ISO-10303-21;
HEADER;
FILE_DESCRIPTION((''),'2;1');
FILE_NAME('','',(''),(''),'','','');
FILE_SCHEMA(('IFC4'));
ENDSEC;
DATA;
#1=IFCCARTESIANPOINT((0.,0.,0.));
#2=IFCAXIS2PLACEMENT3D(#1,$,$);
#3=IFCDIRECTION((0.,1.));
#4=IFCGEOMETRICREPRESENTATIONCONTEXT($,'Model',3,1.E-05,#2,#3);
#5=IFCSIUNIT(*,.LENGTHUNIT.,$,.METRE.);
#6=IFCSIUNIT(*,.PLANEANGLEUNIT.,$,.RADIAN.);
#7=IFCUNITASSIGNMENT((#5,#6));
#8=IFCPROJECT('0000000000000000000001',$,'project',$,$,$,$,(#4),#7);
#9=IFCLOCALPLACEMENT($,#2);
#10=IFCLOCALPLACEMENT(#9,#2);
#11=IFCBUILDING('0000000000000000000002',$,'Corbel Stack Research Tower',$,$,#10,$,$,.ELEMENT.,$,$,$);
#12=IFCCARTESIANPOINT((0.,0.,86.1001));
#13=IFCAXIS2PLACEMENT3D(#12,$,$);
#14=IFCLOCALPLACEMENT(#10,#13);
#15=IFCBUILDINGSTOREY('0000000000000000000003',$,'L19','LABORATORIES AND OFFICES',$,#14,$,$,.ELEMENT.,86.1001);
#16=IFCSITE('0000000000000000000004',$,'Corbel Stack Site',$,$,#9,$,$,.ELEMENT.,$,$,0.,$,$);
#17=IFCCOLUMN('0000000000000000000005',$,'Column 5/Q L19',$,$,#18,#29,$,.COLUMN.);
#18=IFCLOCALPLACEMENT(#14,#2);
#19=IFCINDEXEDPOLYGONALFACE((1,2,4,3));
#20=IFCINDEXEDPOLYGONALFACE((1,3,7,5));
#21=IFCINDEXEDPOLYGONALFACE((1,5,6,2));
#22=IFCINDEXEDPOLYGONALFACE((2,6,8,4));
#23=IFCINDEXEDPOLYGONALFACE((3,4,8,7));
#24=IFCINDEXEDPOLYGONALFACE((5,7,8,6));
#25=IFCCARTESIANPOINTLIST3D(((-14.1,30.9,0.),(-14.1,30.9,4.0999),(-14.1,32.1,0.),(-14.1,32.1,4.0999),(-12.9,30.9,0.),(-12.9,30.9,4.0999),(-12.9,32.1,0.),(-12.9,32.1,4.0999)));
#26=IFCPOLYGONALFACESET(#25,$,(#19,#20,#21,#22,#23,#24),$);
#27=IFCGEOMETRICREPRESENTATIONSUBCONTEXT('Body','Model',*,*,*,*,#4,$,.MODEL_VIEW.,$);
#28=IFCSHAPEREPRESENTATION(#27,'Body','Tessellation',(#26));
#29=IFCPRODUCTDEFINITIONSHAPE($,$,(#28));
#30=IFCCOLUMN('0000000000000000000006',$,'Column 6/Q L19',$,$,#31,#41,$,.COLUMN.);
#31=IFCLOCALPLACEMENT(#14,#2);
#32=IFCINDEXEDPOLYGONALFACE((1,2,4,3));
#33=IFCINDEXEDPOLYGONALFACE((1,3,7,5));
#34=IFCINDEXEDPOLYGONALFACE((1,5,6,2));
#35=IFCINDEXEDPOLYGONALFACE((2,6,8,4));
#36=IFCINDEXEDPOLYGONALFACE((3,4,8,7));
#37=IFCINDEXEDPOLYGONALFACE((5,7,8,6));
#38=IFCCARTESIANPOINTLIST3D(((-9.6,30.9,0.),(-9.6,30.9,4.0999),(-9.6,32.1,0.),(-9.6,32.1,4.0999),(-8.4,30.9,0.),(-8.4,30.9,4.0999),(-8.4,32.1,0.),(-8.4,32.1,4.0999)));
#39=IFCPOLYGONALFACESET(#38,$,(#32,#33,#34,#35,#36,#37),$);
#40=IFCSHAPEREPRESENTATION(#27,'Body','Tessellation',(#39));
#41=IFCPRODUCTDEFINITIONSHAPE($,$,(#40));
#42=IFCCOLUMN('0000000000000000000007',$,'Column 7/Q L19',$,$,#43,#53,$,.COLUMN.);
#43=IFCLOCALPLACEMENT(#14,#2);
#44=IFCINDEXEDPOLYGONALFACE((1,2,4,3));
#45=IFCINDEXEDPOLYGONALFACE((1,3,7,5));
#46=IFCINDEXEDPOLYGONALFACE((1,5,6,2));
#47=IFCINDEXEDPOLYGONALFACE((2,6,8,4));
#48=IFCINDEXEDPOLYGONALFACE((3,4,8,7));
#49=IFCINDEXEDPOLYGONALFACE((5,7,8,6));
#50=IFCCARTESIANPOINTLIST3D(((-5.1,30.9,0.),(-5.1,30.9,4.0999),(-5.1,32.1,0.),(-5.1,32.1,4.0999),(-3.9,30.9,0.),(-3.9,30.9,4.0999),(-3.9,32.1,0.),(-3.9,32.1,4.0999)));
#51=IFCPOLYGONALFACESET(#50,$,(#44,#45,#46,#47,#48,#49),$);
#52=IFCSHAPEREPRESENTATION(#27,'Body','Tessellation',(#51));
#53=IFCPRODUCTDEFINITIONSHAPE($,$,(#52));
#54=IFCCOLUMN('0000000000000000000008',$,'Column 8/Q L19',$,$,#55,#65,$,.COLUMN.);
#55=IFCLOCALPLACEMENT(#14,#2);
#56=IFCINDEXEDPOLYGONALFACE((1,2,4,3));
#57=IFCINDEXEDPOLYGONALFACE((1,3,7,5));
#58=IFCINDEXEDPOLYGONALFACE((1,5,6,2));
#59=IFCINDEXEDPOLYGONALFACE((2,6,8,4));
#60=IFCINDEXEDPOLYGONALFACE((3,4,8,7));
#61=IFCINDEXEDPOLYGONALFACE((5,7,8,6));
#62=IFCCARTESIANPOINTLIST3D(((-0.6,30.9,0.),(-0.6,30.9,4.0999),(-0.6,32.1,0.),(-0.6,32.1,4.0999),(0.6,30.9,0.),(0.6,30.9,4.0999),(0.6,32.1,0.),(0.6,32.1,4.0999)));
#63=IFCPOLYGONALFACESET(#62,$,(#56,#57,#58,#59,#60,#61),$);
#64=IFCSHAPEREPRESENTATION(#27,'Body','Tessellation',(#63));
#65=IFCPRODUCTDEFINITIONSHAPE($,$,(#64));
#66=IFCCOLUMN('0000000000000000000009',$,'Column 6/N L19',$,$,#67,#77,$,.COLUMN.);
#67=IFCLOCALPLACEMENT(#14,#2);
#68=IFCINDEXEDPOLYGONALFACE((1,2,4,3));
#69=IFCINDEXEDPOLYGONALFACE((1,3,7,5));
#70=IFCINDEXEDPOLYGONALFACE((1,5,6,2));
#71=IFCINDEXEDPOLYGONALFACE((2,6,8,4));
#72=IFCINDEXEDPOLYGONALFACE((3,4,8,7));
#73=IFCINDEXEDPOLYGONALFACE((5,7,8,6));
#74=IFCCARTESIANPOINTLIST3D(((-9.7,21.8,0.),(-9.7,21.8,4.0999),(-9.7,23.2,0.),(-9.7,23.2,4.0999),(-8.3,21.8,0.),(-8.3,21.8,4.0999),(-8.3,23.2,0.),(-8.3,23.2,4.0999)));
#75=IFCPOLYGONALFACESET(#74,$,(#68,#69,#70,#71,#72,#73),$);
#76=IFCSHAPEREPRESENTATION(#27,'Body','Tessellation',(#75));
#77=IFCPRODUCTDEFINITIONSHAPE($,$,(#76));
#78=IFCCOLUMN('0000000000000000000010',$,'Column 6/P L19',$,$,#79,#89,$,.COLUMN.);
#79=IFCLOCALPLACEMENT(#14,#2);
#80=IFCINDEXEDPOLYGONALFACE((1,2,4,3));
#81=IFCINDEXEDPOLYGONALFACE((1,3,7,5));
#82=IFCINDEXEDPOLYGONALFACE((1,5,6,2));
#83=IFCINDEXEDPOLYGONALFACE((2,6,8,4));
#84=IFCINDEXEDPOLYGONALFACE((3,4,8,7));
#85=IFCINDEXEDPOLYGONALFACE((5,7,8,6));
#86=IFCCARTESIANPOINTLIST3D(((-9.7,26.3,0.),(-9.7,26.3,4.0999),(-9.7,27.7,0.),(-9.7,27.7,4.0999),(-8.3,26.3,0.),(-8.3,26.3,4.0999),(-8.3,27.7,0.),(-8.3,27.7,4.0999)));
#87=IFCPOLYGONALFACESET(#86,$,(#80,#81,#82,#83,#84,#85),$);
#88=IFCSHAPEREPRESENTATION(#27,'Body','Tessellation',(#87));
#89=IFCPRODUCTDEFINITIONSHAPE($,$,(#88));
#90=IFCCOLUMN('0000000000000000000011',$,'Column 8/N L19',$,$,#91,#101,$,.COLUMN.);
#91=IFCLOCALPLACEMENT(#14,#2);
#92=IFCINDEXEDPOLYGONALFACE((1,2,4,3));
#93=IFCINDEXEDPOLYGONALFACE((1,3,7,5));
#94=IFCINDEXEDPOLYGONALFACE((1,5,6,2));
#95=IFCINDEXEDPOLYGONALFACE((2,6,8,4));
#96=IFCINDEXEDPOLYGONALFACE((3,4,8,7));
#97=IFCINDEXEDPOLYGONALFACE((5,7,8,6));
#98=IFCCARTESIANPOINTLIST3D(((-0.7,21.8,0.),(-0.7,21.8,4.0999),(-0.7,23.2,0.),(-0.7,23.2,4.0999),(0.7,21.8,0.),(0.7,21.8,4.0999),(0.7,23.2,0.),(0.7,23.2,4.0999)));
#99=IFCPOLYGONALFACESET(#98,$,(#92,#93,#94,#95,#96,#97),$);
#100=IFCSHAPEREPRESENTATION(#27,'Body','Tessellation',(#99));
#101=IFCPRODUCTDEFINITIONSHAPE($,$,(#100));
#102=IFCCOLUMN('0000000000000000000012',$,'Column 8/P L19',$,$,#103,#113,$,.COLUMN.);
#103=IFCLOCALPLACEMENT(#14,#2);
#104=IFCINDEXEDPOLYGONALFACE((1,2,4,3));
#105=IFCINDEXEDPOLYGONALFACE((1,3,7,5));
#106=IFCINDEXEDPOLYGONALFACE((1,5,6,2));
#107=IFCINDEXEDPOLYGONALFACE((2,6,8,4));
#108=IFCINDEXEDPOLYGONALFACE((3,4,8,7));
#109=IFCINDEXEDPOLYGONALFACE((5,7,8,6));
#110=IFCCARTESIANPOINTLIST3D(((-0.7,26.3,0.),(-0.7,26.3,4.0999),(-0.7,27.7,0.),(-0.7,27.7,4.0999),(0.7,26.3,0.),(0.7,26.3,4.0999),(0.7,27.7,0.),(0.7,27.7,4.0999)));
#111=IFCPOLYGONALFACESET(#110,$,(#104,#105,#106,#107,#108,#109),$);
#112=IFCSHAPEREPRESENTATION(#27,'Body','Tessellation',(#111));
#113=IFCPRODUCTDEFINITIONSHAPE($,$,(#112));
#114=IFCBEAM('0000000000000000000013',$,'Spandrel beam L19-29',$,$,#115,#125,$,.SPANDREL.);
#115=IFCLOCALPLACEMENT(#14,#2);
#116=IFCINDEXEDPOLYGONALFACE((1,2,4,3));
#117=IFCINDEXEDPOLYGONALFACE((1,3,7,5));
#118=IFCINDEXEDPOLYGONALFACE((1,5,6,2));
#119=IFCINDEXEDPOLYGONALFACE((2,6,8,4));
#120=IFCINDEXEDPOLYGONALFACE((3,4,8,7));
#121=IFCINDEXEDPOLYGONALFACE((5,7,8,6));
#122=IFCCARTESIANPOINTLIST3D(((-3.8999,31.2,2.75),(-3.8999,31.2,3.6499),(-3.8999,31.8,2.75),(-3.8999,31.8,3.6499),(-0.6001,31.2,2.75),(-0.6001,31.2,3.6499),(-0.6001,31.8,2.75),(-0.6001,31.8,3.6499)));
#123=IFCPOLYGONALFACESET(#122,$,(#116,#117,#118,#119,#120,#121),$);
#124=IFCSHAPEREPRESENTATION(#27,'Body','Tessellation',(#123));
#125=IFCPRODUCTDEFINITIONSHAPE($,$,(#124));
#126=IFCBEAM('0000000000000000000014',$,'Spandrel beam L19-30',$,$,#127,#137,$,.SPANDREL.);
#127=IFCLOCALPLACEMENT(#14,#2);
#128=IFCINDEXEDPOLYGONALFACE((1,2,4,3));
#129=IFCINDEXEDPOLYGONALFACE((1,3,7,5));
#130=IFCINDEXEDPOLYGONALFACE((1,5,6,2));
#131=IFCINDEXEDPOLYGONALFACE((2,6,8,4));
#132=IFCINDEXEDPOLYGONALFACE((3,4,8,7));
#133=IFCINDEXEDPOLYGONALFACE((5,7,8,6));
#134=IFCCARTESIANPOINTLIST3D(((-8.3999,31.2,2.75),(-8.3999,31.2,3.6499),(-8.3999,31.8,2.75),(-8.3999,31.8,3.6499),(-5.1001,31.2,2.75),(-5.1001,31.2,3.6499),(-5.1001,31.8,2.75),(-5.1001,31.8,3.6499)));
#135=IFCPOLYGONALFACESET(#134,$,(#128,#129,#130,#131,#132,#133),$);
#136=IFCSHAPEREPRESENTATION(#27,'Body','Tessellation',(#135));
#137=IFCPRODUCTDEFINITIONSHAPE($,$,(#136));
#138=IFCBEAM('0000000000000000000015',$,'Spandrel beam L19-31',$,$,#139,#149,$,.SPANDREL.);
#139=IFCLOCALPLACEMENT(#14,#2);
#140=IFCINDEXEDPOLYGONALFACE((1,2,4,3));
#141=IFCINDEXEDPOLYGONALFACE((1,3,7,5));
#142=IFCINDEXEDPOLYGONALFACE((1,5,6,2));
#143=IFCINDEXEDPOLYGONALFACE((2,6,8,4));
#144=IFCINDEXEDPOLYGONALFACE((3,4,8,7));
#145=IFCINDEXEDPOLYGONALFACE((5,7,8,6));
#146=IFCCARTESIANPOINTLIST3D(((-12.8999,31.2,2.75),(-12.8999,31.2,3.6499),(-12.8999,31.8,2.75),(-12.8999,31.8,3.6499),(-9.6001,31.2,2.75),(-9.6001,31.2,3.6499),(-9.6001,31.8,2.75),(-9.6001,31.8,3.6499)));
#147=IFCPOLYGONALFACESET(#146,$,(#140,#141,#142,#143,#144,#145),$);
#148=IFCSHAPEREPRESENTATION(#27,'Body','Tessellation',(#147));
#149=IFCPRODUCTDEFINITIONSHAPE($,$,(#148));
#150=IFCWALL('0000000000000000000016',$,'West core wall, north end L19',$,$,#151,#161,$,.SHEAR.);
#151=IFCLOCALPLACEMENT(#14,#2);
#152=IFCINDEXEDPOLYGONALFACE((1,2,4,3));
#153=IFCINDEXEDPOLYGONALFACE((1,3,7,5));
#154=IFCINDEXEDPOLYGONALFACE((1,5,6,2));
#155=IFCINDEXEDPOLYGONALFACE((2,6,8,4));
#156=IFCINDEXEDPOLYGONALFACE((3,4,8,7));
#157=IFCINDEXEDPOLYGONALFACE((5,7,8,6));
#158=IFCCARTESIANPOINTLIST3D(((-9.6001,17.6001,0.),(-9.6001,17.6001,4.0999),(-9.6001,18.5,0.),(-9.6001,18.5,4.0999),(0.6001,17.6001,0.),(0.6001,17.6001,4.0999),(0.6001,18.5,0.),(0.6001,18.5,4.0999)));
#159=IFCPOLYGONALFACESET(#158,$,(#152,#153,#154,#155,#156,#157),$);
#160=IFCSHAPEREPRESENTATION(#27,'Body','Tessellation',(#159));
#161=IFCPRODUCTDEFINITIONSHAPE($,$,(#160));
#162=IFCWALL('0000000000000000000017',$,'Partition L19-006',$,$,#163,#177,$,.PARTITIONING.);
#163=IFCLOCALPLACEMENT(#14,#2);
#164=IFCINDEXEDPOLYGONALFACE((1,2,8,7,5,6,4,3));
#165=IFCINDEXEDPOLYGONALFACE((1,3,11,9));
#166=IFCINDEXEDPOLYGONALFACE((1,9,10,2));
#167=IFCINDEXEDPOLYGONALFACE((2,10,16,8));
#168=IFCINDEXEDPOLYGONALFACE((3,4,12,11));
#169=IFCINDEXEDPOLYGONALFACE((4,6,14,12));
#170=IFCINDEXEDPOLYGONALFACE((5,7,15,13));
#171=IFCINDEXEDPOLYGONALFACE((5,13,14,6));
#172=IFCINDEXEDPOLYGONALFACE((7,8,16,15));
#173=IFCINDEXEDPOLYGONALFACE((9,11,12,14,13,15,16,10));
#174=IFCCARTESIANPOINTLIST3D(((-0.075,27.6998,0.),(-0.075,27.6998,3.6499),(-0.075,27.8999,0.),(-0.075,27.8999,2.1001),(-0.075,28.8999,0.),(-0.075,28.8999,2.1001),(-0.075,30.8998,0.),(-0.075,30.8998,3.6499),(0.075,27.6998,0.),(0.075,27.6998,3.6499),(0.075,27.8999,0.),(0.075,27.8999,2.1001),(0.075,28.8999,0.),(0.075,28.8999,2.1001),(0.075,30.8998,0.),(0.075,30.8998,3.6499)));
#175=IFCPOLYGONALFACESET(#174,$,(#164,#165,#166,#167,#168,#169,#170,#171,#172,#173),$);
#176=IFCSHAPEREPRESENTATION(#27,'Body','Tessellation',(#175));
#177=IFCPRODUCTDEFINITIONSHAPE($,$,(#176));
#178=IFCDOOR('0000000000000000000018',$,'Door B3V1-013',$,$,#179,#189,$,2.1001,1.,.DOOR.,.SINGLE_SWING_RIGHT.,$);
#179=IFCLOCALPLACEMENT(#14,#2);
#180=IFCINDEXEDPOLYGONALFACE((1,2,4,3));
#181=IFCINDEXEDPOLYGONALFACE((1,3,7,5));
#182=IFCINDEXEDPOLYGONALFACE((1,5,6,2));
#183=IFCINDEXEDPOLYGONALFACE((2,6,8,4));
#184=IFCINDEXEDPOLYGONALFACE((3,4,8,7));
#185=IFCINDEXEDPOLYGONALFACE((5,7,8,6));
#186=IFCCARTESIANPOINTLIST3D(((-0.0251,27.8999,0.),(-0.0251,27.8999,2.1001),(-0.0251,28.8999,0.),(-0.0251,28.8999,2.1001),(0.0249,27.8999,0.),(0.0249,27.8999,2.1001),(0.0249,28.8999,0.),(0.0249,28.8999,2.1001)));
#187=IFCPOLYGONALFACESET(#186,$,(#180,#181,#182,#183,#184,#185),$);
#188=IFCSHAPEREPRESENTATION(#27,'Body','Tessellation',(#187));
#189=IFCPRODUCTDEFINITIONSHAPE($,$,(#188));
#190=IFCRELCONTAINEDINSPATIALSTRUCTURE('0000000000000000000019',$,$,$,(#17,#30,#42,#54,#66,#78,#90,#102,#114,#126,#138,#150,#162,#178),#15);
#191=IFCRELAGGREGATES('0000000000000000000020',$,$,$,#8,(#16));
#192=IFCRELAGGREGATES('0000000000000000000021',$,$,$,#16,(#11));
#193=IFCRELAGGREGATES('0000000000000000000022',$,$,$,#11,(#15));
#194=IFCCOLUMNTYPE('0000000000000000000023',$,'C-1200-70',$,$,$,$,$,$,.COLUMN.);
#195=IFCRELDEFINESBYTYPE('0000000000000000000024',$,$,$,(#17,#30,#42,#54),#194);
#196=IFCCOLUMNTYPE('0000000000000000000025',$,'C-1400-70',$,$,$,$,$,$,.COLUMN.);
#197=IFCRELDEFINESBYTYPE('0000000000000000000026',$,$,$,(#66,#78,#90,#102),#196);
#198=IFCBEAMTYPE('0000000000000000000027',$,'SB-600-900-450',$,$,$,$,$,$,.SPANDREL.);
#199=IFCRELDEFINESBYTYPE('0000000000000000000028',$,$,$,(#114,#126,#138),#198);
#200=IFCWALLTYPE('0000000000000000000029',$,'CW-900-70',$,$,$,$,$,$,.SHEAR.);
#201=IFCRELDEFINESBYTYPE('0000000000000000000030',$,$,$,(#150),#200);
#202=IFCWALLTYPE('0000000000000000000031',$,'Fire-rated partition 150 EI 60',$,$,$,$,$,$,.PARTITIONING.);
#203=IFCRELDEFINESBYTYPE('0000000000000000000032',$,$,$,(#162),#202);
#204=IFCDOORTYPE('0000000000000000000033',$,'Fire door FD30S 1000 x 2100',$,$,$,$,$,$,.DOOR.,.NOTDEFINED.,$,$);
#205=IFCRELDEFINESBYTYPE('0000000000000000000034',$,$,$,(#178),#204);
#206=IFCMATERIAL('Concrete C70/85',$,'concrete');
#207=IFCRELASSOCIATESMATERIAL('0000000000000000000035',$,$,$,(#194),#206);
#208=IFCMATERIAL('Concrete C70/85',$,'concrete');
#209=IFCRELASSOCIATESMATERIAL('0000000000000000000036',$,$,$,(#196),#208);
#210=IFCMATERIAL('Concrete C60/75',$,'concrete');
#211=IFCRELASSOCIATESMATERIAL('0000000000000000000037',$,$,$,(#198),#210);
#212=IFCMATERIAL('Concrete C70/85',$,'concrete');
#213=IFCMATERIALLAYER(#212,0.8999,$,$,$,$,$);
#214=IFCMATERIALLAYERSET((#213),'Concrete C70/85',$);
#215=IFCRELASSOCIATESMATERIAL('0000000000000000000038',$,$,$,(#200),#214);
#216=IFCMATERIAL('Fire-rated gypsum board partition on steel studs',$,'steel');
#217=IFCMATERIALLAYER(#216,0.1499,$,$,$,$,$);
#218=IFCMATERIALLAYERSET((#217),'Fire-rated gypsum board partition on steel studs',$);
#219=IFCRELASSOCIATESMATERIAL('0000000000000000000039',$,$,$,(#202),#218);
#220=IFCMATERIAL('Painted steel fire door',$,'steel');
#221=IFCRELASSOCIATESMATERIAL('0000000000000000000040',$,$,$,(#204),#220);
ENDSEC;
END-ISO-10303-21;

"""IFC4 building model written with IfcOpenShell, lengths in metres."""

from ifc_helpers import new_model, si_unit, direction, frame, frame_2d, origin, origin_2d, place, context, subcontext, project, spatial, rectangle, extrude, material, layer, layer_set, material_profile, profile_set, type_object, element, fill, save


model = new_model("IFC4")

# Units and contexts
model_context = context("Model", 3, precision=1e-05, world=origin(), true_north=direction((0.0, 1.0)))
body_context = subcontext(model_context, "Body", "Model", "MODEL_VIEW")
ifc_project = project(units=[si_unit("LENGTHUNIT", "METRE"), si_unit("PLANEANGLEUNIT", "RADIAN")], contexts=[model_context])

# Site, building, storey
site_placement = place(None, origin())
site = spatial("IfcSite", under=ifc_project, at=site_placement, Name="Corbel Stack Site", CompositionType="ELEMENT", RefElevation=0.0)
building_placement = place(site_placement, origin())
building = spatial("IfcBuilding", under=site, at=building_placement, Name="Corbel Stack Research Tower", CompositionType="ELEMENT")
storey_placement = place(building_placement, frame((0.0, 0.0, 86.1001)))
storey = spatial("IfcBuildingStorey", under=building, at=storey_placement, Name="L19", Description="LABORATORIES AND OFFICES", CompositionType="ELEMENT", Elevation=86.1001)

# Columns
ifc_material_1 = material(Name="Concrete C70/85", Category="concrete")
ifc_material_profile_1 = material_profile(ifc_material_1, rectangle(XDim=1.2, YDim=1.2, at=origin_2d()), Name="RC 1200 x 1200")
ifc_profile_set_1 = profile_set([ifc_material_profile_1], Name="Concrete C70/85")
column_type_1 = type_object("IfcColumnType", Name="C-1200-70", PredefinedType="COLUMN", material=ifc_profile_set_1)
for number, where, z_axis, x_axis, name in (
    (1, (-13.5, 31.5, 0.0), (0.0, 0.0, 1.0), (1.0, 0.0, 0.0), "Column 5/Q L19"),
    (2, (-9.0, 31.5, 0.0), (0.0, 0.0, 1.0), (1.0, 0.0, 0.0), "Column 6/Q L19"),
    (3, (-4.5, 31.5, 0.0), (0.0, 0.0, 1.0), (1.0, 0.0, 0.0), "Column 7/Q L19"),
    (4, (0.0, 31.5, 0.0), (0.0, 0.0, 1.0), (1.0, 0.0, 0.0), "Column 8/Q L19"),
):
    element("IfcColumn", number, at=place(storey_placement, frame(where, z_axis=z_axis, x_axis=x_axis)), inside=storey, type_object=column_type_1, Name=name, PredefinedType="COLUMN", context=body_context, shape_type="SweptSolid", body=[
        extrude(rectangle(XDim=1.2, YDim=1.2, at=origin_2d()), origin(), (0.0, 0.0, 1.0), 4.0999),
    ])
ifc_material_2 = material(Name="Concrete C70/85", Category="concrete")
ifc_material_profile_2 = material_profile(ifc_material_2, rectangle(XDim=1.3999, YDim=1.3999, at=origin_2d()), Name="RC 1400 x 1400")
ifc_profile_set_2 = profile_set([ifc_material_profile_2], Name="Concrete C70/85")
column_type_2 = type_object("IfcColumnType", Name="C-1400-70", PredefinedType="COLUMN", material=ifc_profile_set_2)
for number, where, z_axis, x_axis, name in (
    (5, (-9.0, 22.5, 0.0), (0.0, 0.0, 1.0), (1.0, 0.0, 0.0), "Column 6/N L19"),
    (6, (-9.0, 27.0, 0.0), (0.0, 0.0, 1.0), (1.0, 0.0, 0.0), "Column 6/P L19"),
    (7, (0.0, 22.5, 0.0), (0.0, 0.0, 1.0), (1.0, 0.0, 0.0), "Column 8/N L19"),
    (8, (0.0, 27.0, 0.0), (0.0, 0.0, 1.0), (1.0, 0.0, 0.0), "Column 8/P L19"),
):
    element("IfcColumn", number, at=place(storey_placement, frame(where, z_axis=z_axis, x_axis=x_axis)), inside=storey, type_object=column_type_2, Name=name, PredefinedType="COLUMN", context=body_context, shape_type="SweptSolid", body=[
        extrude(rectangle(XDim=1.3999, YDim=1.3999, at=origin_2d()), origin(), (0.0, 0.0, 1.0), 4.0999),
    ])

# Beams
ifc_material_3 = material(Name="Concrete C60/75", Category="concrete")
ifc_material_profile_3 = material_profile(ifc_material_3, rectangle(XDim=0.6001, YDim=0.8999, at=origin_2d()), Name="RC 600 x 900")
ifc_profile_set_3 = profile_set([ifc_material_profile_3], Name="Concrete C60/75")
beam_type = type_object("IfcBeamType", Name="SB-600-900-450", PredefinedType="SPANDREL", material=ifc_profile_set_3)
for number, where, z_axis, x_axis, name in (
    (9, (-0.6001, 31.5, 3.2), (-1.0, 0.0, 0.0), (0.0, -1.0, 0.0), "Spandrel beam L19-29"),
    (10, (-5.1001, 31.5, 3.2), (-1.0, 0.0, 0.0), (0.0, -1.0, 0.0), "Spandrel beam L19-30"),
    (11, (-9.6001, 31.5, 3.2), (-1.0, 0.0, 0.0), (0.0, -1.0, 0.0), "Spandrel beam L19-31"),
):
    element("IfcBeam", number, at=place(storey_placement, frame(where, z_axis=z_axis, x_axis=x_axis)), inside=storey, type_object=beam_type, Name=name, PredefinedType="SPANDREL", context=body_context, shape_type="SweptSolid", body=[
        extrude(rectangle(XDim=0.6001, YDim=0.8999, at=origin_2d()), origin(), (0.0, 0.0, 1.0), 3.2998),
    ])

# Wall
ifc_material_4 = material(Name="Concrete C70/85", Category="concrete")
ifc_layer_1 = layer(ifc_material_4, 0.8999)
ifc_layer_set_1 = layer_set([ifc_layer_1], Name="Concrete C70/85")
wall_type_1 = type_object("IfcWallType", Name="CW-900-70", PredefinedType="SHEAR", material=ifc_layer_set_1)
wall_1_placement = place(storey_placement, frame((-9.6001, 18.05, 0.0), z_axis=(0.0, 0.0, 1.0), x_axis=(1.0, 0.0, 0.0)))
element("IfcWall", 12, at=wall_1_placement, inside=storey, type_object=wall_type_1, Name="West core wall, north end L19", PredefinedType="SHEAR", context=body_context, shape_type="SweptSolid", body=[
    extrude(rectangle(XDim=10.2002, YDim=0.8999, at=frame_2d((5.1001, 0.0))), origin(), (0.0, 0.0, 1.0), 4.0999),
])

# Wall, opening, door
ifc_material_5 = material(Name="Fire-rated gypsum board partition on steel studs", Category="steel")
ifc_layer_2 = layer(ifc_material_5, 0.1499)
ifc_layer_set_2 = layer_set([ifc_layer_2], Name="Fire-rated gypsum board partition on steel studs")
wall_type_2 = type_object("IfcWallType", Name="Fire-rated partition 150 EI 60", PredefinedType="PARTITIONING", material=ifc_layer_set_2)
wall_2_placement = place(storey_placement, frame((0.0, 30.8999, 0.0), z_axis=(0.0, 0.0, 1.0), x_axis=(0.0, -1.0, 0.0)))
wall_2 = element("IfcWall", 13, at=wall_2_placement, inside=storey, type_object=wall_type_2, Name="Partition L19-006", PredefinedType="PARTITIONING", context=body_context, shape_type="SweptSolid", body=[
    extrude(rectangle(XDim=3.2, YDim=0.1499, at=frame_2d((1.6001, 0.0))), origin(), (0.0, 0.0, 1.0), 3.6499),
])
opening_1_placement = place(wall_2_placement, frame((2.0, 0.0, 0.0)))
opening_1 = element("IfcOpeningElement", 14, at=opening_1_placement, cuts=wall_2, PredefinedType="OPENING", context=body_context, shape_type="SweptSolid", body=[
    extrude(rectangle(XDim=1.0, YDim=2.1001, at=frame_2d((0.5, 1.05))), frame((0.0, 0.085, 0.0), z_axis=(0.0, -1.0, 0.0), x_axis=(1.0, 0.0, 0.0)), (0.0, 0.0, 1.0), 0.1699),
])
ifc_material_6 = material(Name="Painted steel fire door", Category="steel")
door_type_1 = type_object("IfcDoorType", Name="Fire door FD30S 1000 x 2100", OperationType="NOTDEFINED", PredefinedType="DOOR", material=ifc_material_6)
door_1_placement = place(opening_1_placement, origin())
door_1 = element("IfcDoor", 15, at=door_1_placement, inside=storey, type_object=door_type_1, Name="Door B3V1-013", OperationType="SINGLE_SWING_RIGHT", OverallHeight=2.1001, OverallWidth=1.0, PredefinedType="DOOR", context=body_context, shape_type="SweptSolid", body=[
    extrude(rectangle(XDim=1.0, YDim=2.1001, at=frame_2d((0.5, 1.05))), frame((0.0, 0.0249, 0.0), z_axis=(0.0, -1.0, 0.0), x_axis=(1.0, 0.0, 0.0)), (0.0, 0.0, 1.0), 0.05),
])
fill(opening_1, door_1)

save(model, "model.ifc")
